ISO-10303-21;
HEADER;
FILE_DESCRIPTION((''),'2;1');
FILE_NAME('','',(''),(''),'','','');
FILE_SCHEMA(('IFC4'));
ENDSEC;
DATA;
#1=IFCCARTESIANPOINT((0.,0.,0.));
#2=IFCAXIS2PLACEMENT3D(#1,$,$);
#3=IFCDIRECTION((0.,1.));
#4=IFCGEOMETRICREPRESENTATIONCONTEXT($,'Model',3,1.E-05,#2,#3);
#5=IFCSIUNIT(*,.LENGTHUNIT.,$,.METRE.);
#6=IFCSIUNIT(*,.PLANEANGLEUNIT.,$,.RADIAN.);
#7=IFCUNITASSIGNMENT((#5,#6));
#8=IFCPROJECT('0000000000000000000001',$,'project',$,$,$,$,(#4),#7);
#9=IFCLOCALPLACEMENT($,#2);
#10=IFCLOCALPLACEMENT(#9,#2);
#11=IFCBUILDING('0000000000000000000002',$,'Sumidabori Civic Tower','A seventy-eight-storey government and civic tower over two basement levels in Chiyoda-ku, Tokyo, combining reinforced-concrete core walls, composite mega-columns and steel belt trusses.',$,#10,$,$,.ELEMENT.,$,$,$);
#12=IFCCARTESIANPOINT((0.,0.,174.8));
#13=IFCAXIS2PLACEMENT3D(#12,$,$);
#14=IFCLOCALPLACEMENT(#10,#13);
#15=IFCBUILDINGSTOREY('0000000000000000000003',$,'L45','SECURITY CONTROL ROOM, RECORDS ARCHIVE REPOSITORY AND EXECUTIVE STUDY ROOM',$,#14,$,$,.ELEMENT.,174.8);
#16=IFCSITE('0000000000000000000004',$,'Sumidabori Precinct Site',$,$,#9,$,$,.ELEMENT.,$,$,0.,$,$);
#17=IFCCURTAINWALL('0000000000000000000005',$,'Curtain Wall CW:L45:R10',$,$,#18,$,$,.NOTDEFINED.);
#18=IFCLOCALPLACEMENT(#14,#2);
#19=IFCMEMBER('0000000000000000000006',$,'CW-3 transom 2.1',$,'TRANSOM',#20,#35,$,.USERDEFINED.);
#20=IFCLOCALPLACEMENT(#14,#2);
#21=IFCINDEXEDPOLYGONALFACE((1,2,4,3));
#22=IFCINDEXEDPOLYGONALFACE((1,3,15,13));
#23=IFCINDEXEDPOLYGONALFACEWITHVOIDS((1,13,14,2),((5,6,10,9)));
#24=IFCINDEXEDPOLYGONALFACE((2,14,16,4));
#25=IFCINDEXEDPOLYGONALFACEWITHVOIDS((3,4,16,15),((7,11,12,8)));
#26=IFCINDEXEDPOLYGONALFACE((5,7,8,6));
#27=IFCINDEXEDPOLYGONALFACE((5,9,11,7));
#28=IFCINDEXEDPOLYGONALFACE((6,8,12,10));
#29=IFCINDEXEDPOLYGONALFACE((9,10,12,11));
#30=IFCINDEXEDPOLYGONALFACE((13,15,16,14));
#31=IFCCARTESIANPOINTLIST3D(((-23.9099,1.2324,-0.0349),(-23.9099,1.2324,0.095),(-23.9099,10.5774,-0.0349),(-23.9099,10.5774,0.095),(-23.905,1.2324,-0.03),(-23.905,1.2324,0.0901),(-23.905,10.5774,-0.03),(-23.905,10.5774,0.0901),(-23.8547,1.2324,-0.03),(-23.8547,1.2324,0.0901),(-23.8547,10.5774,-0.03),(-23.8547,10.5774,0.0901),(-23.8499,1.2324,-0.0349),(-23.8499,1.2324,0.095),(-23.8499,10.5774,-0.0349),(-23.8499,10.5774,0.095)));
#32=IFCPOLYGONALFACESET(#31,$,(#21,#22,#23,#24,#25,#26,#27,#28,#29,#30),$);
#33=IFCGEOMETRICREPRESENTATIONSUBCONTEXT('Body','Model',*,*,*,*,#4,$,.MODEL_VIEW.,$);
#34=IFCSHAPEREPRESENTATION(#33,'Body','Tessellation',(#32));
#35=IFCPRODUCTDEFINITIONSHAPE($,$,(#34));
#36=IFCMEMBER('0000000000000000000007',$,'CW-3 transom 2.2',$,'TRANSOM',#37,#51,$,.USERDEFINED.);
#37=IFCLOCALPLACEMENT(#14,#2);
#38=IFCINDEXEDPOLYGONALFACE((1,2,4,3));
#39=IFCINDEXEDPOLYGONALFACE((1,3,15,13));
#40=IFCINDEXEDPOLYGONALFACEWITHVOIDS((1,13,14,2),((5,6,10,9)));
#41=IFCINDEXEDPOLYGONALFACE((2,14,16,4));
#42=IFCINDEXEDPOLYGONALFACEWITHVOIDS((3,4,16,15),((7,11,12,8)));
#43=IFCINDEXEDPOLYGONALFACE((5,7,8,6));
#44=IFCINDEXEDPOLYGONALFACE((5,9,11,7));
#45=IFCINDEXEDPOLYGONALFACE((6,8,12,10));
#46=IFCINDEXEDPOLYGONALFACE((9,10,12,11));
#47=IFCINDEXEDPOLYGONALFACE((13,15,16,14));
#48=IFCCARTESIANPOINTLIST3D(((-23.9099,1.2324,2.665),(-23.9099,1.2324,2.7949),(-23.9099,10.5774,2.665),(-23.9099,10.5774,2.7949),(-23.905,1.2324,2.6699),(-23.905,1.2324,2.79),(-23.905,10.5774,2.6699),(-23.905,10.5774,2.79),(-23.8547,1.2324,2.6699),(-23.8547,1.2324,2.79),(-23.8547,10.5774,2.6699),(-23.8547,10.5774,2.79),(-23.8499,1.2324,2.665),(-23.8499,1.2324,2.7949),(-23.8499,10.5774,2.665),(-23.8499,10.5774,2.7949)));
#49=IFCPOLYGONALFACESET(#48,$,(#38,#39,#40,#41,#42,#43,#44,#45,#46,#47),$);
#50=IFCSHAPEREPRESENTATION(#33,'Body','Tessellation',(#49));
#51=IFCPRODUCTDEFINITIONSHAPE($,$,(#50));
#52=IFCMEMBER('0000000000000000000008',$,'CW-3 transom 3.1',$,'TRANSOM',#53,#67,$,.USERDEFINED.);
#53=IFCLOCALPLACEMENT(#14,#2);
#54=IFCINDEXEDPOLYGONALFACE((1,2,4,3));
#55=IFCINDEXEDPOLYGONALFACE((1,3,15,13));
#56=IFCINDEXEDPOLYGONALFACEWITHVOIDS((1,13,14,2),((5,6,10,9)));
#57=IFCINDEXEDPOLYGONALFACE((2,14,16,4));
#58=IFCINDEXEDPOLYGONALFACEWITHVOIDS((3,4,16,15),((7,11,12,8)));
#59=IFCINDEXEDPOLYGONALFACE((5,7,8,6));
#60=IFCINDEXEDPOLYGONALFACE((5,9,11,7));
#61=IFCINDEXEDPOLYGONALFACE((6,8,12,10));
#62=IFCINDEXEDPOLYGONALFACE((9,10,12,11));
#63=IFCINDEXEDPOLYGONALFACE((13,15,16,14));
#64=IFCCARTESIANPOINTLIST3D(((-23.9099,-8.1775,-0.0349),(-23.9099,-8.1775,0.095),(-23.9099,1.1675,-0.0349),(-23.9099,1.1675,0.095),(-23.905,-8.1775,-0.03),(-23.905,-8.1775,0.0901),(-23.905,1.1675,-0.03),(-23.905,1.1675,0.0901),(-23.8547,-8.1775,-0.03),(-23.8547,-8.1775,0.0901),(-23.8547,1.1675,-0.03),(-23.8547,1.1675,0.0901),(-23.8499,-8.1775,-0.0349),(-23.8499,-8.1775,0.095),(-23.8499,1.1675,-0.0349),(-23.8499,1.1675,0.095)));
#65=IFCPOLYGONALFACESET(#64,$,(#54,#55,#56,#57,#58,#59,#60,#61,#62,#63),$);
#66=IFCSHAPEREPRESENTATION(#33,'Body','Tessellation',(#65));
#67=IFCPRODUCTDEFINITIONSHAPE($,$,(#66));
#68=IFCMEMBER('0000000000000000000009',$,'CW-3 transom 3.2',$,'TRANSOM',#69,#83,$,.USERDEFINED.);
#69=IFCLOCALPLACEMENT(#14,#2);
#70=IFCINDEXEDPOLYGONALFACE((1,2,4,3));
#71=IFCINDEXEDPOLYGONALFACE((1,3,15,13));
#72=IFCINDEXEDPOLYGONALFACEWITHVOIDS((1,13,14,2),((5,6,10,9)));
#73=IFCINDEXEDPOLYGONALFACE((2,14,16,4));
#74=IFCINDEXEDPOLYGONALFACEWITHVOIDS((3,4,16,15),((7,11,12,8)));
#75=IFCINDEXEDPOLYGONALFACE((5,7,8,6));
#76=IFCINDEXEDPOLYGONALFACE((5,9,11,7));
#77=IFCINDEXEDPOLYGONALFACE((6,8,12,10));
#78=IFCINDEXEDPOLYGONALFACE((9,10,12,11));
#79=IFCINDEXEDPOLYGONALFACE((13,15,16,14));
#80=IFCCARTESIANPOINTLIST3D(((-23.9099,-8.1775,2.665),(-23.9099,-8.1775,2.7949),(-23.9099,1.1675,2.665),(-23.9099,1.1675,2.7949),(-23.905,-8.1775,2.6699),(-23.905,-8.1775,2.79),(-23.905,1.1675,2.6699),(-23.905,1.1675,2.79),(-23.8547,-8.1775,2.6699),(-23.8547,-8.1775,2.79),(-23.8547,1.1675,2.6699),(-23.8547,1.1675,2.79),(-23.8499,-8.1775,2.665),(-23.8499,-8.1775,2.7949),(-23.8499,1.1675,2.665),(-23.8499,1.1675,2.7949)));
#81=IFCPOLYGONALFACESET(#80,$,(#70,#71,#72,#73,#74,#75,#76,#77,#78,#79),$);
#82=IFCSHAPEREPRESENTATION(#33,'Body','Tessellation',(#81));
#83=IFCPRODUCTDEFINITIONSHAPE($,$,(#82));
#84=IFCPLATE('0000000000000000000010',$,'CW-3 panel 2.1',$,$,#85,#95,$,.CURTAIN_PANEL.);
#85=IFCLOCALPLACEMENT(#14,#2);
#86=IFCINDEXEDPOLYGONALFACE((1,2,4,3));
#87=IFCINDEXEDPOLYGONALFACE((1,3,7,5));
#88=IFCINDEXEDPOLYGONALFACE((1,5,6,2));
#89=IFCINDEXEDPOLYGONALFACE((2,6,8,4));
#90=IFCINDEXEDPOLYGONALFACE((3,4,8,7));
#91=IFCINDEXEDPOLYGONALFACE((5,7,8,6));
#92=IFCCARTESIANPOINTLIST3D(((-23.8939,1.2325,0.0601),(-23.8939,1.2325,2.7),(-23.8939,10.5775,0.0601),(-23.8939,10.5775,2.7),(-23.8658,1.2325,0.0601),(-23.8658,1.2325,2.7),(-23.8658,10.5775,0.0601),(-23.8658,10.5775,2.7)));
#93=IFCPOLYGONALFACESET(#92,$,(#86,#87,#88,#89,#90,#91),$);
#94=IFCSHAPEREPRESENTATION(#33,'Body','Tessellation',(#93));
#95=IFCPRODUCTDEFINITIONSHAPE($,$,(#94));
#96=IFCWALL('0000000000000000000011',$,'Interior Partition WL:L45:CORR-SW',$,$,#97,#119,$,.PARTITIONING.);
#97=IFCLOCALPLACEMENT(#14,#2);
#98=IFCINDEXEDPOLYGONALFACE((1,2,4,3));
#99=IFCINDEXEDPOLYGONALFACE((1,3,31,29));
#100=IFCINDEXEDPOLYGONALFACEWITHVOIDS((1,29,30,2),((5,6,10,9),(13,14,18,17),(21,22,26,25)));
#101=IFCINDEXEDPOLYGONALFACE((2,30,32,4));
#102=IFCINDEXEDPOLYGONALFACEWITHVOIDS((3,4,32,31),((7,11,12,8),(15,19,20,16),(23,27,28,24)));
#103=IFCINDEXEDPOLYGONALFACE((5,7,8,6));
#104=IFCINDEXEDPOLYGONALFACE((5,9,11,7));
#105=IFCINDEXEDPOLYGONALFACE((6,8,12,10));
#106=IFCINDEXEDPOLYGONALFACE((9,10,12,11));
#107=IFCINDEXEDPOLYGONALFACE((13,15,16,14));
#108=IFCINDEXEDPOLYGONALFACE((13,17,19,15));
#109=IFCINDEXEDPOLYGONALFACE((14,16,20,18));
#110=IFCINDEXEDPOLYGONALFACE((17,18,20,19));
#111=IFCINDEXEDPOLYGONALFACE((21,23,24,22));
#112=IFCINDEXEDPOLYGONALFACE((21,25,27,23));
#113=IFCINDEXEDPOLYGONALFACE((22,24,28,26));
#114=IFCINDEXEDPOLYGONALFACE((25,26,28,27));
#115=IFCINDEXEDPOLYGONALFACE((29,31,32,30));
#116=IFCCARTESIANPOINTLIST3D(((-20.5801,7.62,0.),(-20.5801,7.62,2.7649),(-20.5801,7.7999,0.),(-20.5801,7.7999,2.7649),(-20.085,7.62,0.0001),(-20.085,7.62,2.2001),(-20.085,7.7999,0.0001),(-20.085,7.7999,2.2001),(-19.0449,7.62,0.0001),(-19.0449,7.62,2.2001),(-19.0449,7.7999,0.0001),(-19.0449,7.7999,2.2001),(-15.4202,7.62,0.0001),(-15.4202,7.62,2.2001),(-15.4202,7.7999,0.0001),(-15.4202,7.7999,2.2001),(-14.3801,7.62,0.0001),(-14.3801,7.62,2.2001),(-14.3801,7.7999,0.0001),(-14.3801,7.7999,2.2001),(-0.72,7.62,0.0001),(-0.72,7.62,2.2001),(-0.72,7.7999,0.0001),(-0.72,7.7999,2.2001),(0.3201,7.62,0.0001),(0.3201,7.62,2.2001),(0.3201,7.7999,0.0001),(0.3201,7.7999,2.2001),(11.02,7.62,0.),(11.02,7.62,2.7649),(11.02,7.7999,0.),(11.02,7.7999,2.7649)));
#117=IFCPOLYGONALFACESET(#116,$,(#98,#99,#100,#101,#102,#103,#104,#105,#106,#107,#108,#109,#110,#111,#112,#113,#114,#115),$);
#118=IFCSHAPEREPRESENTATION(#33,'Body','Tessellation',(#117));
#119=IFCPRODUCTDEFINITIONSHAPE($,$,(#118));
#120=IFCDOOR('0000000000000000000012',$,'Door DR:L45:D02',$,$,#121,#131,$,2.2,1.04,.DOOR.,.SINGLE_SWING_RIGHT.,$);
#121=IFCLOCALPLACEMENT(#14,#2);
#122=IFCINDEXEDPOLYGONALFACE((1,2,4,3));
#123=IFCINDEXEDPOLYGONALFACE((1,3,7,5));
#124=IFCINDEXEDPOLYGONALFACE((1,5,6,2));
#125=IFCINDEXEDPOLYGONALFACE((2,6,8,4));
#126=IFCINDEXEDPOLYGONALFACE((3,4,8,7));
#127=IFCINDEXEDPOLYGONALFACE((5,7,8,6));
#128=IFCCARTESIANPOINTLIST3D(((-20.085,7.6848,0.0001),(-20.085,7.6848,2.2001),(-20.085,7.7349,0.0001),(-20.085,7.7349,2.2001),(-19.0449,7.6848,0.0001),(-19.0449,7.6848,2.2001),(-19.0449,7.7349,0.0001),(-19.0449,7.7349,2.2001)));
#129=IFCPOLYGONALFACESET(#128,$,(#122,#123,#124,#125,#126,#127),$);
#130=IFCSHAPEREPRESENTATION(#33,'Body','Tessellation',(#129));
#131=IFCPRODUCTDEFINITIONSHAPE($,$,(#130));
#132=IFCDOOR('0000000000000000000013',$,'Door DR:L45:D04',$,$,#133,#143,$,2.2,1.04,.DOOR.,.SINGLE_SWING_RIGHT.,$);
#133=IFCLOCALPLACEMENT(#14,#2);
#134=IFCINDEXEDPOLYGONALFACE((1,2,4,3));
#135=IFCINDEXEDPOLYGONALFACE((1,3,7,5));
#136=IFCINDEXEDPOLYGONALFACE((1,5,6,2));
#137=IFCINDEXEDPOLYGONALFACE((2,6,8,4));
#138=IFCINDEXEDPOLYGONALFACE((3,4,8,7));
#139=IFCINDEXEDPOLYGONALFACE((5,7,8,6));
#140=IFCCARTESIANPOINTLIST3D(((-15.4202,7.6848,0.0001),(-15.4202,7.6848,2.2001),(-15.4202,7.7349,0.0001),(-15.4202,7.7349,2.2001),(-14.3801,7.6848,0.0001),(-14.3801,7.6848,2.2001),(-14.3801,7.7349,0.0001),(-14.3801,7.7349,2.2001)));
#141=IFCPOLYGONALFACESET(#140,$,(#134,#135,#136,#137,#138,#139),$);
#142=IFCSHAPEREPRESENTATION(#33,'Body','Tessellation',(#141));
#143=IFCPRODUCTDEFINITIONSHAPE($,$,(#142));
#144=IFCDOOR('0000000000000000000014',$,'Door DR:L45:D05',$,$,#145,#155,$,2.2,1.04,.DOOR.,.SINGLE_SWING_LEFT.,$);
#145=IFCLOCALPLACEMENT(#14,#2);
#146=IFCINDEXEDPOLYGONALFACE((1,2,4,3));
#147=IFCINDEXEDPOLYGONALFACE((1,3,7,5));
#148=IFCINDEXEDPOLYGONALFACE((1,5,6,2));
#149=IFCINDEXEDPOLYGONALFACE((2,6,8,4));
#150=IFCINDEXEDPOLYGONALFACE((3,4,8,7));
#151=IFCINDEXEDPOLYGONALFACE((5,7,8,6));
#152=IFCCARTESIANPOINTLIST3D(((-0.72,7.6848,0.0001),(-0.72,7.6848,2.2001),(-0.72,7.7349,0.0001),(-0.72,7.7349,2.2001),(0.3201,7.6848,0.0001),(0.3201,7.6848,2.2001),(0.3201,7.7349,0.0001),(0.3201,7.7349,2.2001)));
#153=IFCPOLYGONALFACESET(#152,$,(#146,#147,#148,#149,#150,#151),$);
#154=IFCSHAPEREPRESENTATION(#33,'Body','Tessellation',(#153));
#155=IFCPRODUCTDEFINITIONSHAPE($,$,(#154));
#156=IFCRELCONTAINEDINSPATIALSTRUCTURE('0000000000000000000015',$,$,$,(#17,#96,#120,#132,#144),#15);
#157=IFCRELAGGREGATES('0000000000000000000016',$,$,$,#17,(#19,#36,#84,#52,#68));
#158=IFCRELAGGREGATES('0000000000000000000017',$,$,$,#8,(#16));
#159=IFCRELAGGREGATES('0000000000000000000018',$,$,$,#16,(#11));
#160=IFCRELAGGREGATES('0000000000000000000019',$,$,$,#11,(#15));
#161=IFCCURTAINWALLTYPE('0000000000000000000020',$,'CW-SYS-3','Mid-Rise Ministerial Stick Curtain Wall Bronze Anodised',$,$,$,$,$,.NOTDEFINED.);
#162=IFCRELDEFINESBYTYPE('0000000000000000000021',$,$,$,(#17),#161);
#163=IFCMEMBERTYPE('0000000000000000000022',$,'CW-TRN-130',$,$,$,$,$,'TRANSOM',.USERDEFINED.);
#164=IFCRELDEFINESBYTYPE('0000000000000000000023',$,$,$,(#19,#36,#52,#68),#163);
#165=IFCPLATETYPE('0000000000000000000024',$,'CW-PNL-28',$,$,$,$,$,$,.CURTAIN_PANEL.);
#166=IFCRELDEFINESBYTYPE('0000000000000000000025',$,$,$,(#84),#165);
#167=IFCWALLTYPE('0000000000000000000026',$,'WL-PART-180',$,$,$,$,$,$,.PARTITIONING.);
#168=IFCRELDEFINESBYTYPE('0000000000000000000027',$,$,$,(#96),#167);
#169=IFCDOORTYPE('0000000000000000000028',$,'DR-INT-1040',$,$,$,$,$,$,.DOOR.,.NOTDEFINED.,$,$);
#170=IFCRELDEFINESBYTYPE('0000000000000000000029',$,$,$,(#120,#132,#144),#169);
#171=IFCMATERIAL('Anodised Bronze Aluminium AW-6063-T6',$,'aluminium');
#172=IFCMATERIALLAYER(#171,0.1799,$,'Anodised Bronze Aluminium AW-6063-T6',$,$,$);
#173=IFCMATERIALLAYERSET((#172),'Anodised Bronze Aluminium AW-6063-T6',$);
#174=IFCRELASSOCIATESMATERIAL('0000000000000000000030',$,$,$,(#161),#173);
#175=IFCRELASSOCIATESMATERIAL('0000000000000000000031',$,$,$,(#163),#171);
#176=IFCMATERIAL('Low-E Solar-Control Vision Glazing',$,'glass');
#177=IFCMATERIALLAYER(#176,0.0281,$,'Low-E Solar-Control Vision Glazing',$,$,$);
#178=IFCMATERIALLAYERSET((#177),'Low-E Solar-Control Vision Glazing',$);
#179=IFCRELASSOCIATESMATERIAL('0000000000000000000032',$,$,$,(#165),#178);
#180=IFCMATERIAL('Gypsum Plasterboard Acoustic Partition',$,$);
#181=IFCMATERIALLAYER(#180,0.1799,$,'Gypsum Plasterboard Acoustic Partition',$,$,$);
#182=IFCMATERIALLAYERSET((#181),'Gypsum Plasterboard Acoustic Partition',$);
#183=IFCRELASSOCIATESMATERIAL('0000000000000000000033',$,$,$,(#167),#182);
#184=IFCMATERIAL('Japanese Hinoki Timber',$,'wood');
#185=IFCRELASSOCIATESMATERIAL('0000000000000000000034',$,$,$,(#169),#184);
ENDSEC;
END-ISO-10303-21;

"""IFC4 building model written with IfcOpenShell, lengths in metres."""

from ifc_helpers import new_model, si_unit, direction, frame, frame_2d, origin, origin_2d, place, context, subcontext, project, spatial, rectangle, hollow_rectangle, extrude, source, transform, mapped, material, layer, layer_set, material_profile, profile_set, type_object, element, fill, aggregate, save


model = new_model("IFC4")

# Units and contexts
model_context = context("Model", 3, precision=1e-05, world=origin(), true_north=direction((0.0, 1.0)))
body_context = subcontext(model_context, "Body", "Model", "MODEL_VIEW")
ifc_project = project(units=[si_unit("LENGTHUNIT", "METRE"), si_unit("PLANEANGLEUNIT", "RADIAN")], contexts=[model_context])

# Site, building, storey
site_placement = place(None, origin())
site = spatial("IfcSite", under=ifc_project, at=site_placement, Name="Sumidabori Precinct Site", CompositionType="ELEMENT", RefElevation=0.0)
building_placement = place(site_placement, origin())
building = spatial("IfcBuilding", under=site, at=building_placement, Name="Sumidabori Civic Tower", Description="A seventy-eight-storey government and civic tower over two basement levels in Chiyoda-ku, Tokyo, combining reinforced-concrete core walls, composite mega-columns and steel belt trusses.", CompositionType="ELEMENT")
storey_placement = place(building_placement, frame((0.0, 0.0, 174.8)))
storey = spatial("IfcBuildingStorey", under=building, at=storey_placement, Name="L45", Description="SECURITY CONTROL ROOM, RECORDS ARCHIVE REPOSITORY AND EXECUTIVE STUDY ROOM", CompositionType="ELEMENT", Elevation=174.8)

# Curtain wall, members, plate
ifc_material_1 = material(Name="Anodised Bronze Aluminium AW-6063-T6", Category="aluminium")
ifc_layer_1 = layer(ifc_material_1, 0.1799, Name="Anodised Bronze Aluminium AW-6063-T6")
ifc_layer_set_1 = layer_set([ifc_layer_1], Name="Anodised Bronze Aluminium AW-6063-T6")
curtain_wall_type = type_object("IfcCurtainWallType", Name="CW-SYS-3", Description="Mid-Rise Ministerial Stick Curtain Wall Bronze Anodised", PredefinedType="NOTDEFINED", material=ifc_layer_set_1)
curtain_wall_placement = place(storey_placement, origin())
curtain_wall = element("IfcCurtainWall", 1, at=curtain_wall_placement, inside=storey, type_object=curtain_wall_type, Name="Curtain Wall CW:L45:R10", PredefinedType="NOTDEFINED")
ifc_material_profile_1 = material_profile(ifc_material_1, hollow_rectangle(XDim=0.0601, YDim=0.1299, WallThickness=0.0049, at=origin_2d()), Name="ALU TRANSOM 130x60")
ifc_profile_set_1 = profile_set([ifc_material_profile_1], Name="Anodised Bronze Aluminium AW-6063-T6")
member_type_1 = type_object("IfcMemberType", Name="CW-TRN-130", ElementType="TRANSOM", PredefinedType="USERDEFINED", material=ifc_profile_set_1)
shared_shape_1 = source(origin(), body_context, "Body", "SweptSolid", [
    extrude(hollow_rectangle(XDim=0.0601, YDim=0.1299, WallThickness=0.0049, at=origin_2d()), origin(), (0.0, 0.0, 1.0), 9.345),
])
member_1_placement = place(storey_placement, frame((-23.8799, 10.5774, 0.03), z_axis=(0.0, -1.0, 0.0), x_axis=(1.0, 0.0, 0.0)))
member_1 = element("IfcMember", 2, at=member_1_placement, type_object=member_type_1, Name="CW-3 transom 2.1", ObjectType="TRANSOM", PredefinedType="USERDEFINED", context=body_context, shape_type="MappedRepresentation", body=[
    mapped(shared_shape_1, transform((0.0, 0.0, 0.0), x_axis=(1.0, 0.0, 0.0), y_axis=(0.0, 1.0, 0.0), z_axis=(0.0, 0.0, 1.0), scale=1.0)),
])
member_2_placement = place(storey_placement, frame((-23.8799, 10.5774, 2.73), z_axis=(0.0, -1.0, 0.0), x_axis=(1.0, 0.0, 0.0)))
member_2 = element("IfcMember", 3, at=member_2_placement, type_object=member_type_1, Name="CW-3 transom 2.2", ObjectType="TRANSOM", PredefinedType="USERDEFINED", context=body_context, shape_type="MappedRepresentation", body=[
    mapped(shared_shape_1, transform((0.0, 0.0, 0.0), x_axis=(1.0, 0.0, 0.0), y_axis=(0.0, 1.0, 0.0), z_axis=(0.0, 0.0, 1.0), scale=1.0)),
])
member_3_placement = place(storey_placement, frame((-23.8799, 1.1675, 0.03), z_axis=(0.0, -1.0, 0.0), x_axis=(1.0, 0.0, 0.0)))
member_3 = element("IfcMember", 4, at=member_3_placement, type_object=member_type_1, Name="CW-3 transom 3.1", ObjectType="TRANSOM", PredefinedType="USERDEFINED", context=body_context, shape_type="MappedRepresentation", body=[
    mapped(shared_shape_1, transform((0.0, 0.0, 0.0), x_axis=(1.0, 0.0, 0.0), y_axis=(0.0, 1.0, 0.0), z_axis=(0.0, 0.0, 1.0), scale=1.0)),
])
member_4_placement = place(storey_placement, frame((-23.8799, 1.1675, 2.73), z_axis=(0.0, -1.0, 0.0), x_axis=(1.0, 0.0, 0.0)))
member_4 = element("IfcMember", 5, at=member_4_placement, type_object=member_type_1, Name="CW-3 transom 3.2", ObjectType="TRANSOM", PredefinedType="USERDEFINED", context=body_context, shape_type="MappedRepresentation", body=[
    mapped(shared_shape_1, transform((0.0, 0.0, 0.0), x_axis=(1.0, 0.0, 0.0), y_axis=(0.0, 1.0, 0.0), z_axis=(0.0, 0.0, 1.0), scale=1.0)),
])
ifc_material_2 = material(Name="Low-E Solar-Control Vision Glazing", Category="glass")
ifc_layer_2 = layer(ifc_material_2, 0.0281, Name="Low-E Solar-Control Vision Glazing")
ifc_layer_set_2 = layer_set([ifc_layer_2], Name="Low-E Solar-Control Vision Glazing")
plate_type = type_object("IfcPlateType", Name="CW-PNL-28", PredefinedType="CURTAIN_PANEL", material=ifc_layer_set_2)
shared_shape_2 = source(origin(), body_context, "Body", "SweptSolid", [
    extrude(rectangle(XDim=9.345, YDim=0.0281, at=origin_2d()), origin(), (0.0, 0.0, 1.0), 2.6399),
])
plate_placement = place(storey_placement, frame((-23.8799, 5.905, 0.0601), z_axis=(0.0, 0.0, 1.0), x_axis=(0.0, -1.0, 0.0)))
plate = element("IfcPlate", 6, at=plate_placement, type_object=plate_type, Name="CW-3 panel 2.1", PredefinedType="CURTAIN_PANEL", context=body_context, shape_type="MappedRepresentation", body=[
    mapped(shared_shape_2, transform((0.0, 0.0, 0.0), x_axis=(1.0, 0.0, 0.0), y_axis=(0.0, 1.0, 0.0), z_axis=(0.0, 0.0, 1.0), scale=1.0)),
])
aggregate(curtain_wall, [member_1, member_2, plate, member_3, member_4])

# Wall, openings, doors
ifc_material_3 = material(Name="Gypsum Plasterboard Acoustic Partition")
ifc_layer_3 = layer(ifc_material_3, 0.1799, Name="Gypsum Plasterboard Acoustic Partition")
ifc_layer_set_3 = layer_set([ifc_layer_3], Name="Gypsum Plasterboard Acoustic Partition")
wall_type = type_object("IfcWallType", Name="WL-PART-180", PredefinedType="PARTITIONING", material=ifc_layer_set_3)
shared_shape_3 = source(origin(), body_context, "Body", "SweptSolid", [
    extrude(rectangle(XDim=31.6001, YDim=0.1799, at=frame_2d((15.8, 0.0))), origin(), (0.0, 0.0, 1.0), 2.7649),
])
wall_1_placement = place(storey_placement, frame((-20.5801, 7.71, 0.0), z_axis=(0.0, 0.0, 1.0), x_axis=(1.0, 0.0, 0.0)))
wall_1 = element("IfcWall", 7, at=wall_1_placement, inside=storey, type_object=wall_type, Name="Interior Partition WL:L45:CORR-SW", PredefinedType="PARTITIONING", context=body_context, shape_type="MappedRepresentation", body=[
    mapped(shared_shape_3, transform((0.0, 0.0, 0.0), x_axis=(1.0, 0.0, 0.0), y_axis=(0.0, 1.0, 0.0), z_axis=(0.0, 0.0, 1.0), scale=1.0)),
])
opening_1_placement = place(wall_1_placement, frame((0.4951, 0.0, 0.0)))
opening_1 = element("IfcOpeningElement", 8, at=opening_1_placement, cuts=wall_1, PredefinedType="OPENING", context=body_context, shape_type="SweptSolid", body=[
    extrude(rectangle(XDim=1.04, YDim=2.2, at=frame_2d((0.52, 1.1001))), frame((0.0, 0.1021, 0.0), z_axis=(0.0, -1.0, 0.0), x_axis=(1.0, 0.0, 0.0)), (0.0, 0.0, 1.0), 0.2039),
])
opening_2_placement = place(wall_1_placement, frame((5.1599, 0.0, 0.0)))
opening_2 = element("IfcOpeningElement", 9, at=opening_2_placement, cuts=wall_1, PredefinedType="OPENING", context=body_context, shape_type="SweptSolid", body=[
    extrude(rectangle(XDim=1.04, YDim=2.2, at=frame_2d((0.52, 1.1001))), frame((0.0, 0.1021, 0.0), z_axis=(0.0, -1.0, 0.0), x_axis=(1.0, 0.0, 0.0)), (0.0, 0.0, 1.0), 0.2039),
])
opening_3_placement = place(wall_1_placement, frame((19.8601, 0.0, 0.0)))
opening_3 = element("IfcOpeningElement", 10, at=opening_3_placement, cuts=wall_1, PredefinedType="OPENING", context=body_context, shape_type="SweptSolid", body=[
    extrude(rectangle(XDim=1.04, YDim=2.2, at=frame_2d((0.52, 1.1001))), frame((0.0, 0.1021, 0.0), z_axis=(0.0, -1.0, 0.0), x_axis=(1.0, 0.0, 0.0)), (0.0, 0.0, 1.0), 0.2039),
])
ifc_material_4 = material(Name="Japanese Hinoki Timber", Category="wood")
door_type_1 = type_object("IfcDoorType", Name="DR-INT-1040", OperationType="NOTDEFINED", PredefinedType="DOOR", material=ifc_material_4)
shared_shape_4 = source(origin(), body_context, "Body", "SweptSolid", [
    extrude(rectangle(XDim=1.04, YDim=2.2, at=frame_2d((0.52, 1.1001))), frame((0.0, 0.0249, 0.0), z_axis=(0.0, -1.0, 0.0), x_axis=(1.0, 0.0, 0.0)), (0.0, 0.0, 1.0), 0.05),
])
door_1_placement = place(opening_1_placement, origin())
door_1 = element("IfcDoor", 11, at=door_1_placement, inside=storey, type_object=door_type_1, Name="Door DR:L45:D02", OperationType="SINGLE_SWING_RIGHT", OverallHeight=2.2, OverallWidth=1.04, PredefinedType="DOOR", context=body_context, shape_type="MappedRepresentation", body=[
    mapped(shared_shape_4, transform((0.0, 0.0, 0.0), x_axis=(1.0, 0.0, 0.0), y_axis=(0.0, 1.0, 0.0), z_axis=(0.0, 0.0, 1.0), scale=1.0)),
])
fill(opening_1, door_1)
door_2_placement = place(opening_2_placement, origin())
door_2 = element("IfcDoor", 12, at=door_2_placement, inside=storey, type_object=door_type_1, Name="Door DR:L45:D04", OperationType="SINGLE_SWING_RIGHT", OverallHeight=2.2, OverallWidth=1.04, PredefinedType="DOOR", context=body_context, shape_type="MappedRepresentation", body=[
    mapped(shared_shape_4, transform((0.0, 0.0, 0.0), x_axis=(1.0, 0.0, 0.0), y_axis=(0.0, 1.0, 0.0), z_axis=(0.0, 0.0, 1.0), scale=1.0)),
])
fill(opening_2, door_2)
door_3_placement = place(opening_3_placement, origin())
door_3 = element("IfcDoor", 13, at=door_3_placement, inside=storey, type_object=door_type_1, Name="Door DR:L45:D05", OperationType="SINGLE_SWING_LEFT", OverallHeight=2.2, OverallWidth=1.04, PredefinedType="DOOR", context=body_context, shape_type="MappedRepresentation", body=[
    mapped(shared_shape_4, transform((0.0, 0.0, 0.0), x_axis=(1.0, 0.0, 0.0), y_axis=(0.0, 1.0, 0.0), z_axis=(0.0, 0.0, 1.0), scale=1.0)),
])
fill(opening_3, door_3)

save(model, "model.ifc")
